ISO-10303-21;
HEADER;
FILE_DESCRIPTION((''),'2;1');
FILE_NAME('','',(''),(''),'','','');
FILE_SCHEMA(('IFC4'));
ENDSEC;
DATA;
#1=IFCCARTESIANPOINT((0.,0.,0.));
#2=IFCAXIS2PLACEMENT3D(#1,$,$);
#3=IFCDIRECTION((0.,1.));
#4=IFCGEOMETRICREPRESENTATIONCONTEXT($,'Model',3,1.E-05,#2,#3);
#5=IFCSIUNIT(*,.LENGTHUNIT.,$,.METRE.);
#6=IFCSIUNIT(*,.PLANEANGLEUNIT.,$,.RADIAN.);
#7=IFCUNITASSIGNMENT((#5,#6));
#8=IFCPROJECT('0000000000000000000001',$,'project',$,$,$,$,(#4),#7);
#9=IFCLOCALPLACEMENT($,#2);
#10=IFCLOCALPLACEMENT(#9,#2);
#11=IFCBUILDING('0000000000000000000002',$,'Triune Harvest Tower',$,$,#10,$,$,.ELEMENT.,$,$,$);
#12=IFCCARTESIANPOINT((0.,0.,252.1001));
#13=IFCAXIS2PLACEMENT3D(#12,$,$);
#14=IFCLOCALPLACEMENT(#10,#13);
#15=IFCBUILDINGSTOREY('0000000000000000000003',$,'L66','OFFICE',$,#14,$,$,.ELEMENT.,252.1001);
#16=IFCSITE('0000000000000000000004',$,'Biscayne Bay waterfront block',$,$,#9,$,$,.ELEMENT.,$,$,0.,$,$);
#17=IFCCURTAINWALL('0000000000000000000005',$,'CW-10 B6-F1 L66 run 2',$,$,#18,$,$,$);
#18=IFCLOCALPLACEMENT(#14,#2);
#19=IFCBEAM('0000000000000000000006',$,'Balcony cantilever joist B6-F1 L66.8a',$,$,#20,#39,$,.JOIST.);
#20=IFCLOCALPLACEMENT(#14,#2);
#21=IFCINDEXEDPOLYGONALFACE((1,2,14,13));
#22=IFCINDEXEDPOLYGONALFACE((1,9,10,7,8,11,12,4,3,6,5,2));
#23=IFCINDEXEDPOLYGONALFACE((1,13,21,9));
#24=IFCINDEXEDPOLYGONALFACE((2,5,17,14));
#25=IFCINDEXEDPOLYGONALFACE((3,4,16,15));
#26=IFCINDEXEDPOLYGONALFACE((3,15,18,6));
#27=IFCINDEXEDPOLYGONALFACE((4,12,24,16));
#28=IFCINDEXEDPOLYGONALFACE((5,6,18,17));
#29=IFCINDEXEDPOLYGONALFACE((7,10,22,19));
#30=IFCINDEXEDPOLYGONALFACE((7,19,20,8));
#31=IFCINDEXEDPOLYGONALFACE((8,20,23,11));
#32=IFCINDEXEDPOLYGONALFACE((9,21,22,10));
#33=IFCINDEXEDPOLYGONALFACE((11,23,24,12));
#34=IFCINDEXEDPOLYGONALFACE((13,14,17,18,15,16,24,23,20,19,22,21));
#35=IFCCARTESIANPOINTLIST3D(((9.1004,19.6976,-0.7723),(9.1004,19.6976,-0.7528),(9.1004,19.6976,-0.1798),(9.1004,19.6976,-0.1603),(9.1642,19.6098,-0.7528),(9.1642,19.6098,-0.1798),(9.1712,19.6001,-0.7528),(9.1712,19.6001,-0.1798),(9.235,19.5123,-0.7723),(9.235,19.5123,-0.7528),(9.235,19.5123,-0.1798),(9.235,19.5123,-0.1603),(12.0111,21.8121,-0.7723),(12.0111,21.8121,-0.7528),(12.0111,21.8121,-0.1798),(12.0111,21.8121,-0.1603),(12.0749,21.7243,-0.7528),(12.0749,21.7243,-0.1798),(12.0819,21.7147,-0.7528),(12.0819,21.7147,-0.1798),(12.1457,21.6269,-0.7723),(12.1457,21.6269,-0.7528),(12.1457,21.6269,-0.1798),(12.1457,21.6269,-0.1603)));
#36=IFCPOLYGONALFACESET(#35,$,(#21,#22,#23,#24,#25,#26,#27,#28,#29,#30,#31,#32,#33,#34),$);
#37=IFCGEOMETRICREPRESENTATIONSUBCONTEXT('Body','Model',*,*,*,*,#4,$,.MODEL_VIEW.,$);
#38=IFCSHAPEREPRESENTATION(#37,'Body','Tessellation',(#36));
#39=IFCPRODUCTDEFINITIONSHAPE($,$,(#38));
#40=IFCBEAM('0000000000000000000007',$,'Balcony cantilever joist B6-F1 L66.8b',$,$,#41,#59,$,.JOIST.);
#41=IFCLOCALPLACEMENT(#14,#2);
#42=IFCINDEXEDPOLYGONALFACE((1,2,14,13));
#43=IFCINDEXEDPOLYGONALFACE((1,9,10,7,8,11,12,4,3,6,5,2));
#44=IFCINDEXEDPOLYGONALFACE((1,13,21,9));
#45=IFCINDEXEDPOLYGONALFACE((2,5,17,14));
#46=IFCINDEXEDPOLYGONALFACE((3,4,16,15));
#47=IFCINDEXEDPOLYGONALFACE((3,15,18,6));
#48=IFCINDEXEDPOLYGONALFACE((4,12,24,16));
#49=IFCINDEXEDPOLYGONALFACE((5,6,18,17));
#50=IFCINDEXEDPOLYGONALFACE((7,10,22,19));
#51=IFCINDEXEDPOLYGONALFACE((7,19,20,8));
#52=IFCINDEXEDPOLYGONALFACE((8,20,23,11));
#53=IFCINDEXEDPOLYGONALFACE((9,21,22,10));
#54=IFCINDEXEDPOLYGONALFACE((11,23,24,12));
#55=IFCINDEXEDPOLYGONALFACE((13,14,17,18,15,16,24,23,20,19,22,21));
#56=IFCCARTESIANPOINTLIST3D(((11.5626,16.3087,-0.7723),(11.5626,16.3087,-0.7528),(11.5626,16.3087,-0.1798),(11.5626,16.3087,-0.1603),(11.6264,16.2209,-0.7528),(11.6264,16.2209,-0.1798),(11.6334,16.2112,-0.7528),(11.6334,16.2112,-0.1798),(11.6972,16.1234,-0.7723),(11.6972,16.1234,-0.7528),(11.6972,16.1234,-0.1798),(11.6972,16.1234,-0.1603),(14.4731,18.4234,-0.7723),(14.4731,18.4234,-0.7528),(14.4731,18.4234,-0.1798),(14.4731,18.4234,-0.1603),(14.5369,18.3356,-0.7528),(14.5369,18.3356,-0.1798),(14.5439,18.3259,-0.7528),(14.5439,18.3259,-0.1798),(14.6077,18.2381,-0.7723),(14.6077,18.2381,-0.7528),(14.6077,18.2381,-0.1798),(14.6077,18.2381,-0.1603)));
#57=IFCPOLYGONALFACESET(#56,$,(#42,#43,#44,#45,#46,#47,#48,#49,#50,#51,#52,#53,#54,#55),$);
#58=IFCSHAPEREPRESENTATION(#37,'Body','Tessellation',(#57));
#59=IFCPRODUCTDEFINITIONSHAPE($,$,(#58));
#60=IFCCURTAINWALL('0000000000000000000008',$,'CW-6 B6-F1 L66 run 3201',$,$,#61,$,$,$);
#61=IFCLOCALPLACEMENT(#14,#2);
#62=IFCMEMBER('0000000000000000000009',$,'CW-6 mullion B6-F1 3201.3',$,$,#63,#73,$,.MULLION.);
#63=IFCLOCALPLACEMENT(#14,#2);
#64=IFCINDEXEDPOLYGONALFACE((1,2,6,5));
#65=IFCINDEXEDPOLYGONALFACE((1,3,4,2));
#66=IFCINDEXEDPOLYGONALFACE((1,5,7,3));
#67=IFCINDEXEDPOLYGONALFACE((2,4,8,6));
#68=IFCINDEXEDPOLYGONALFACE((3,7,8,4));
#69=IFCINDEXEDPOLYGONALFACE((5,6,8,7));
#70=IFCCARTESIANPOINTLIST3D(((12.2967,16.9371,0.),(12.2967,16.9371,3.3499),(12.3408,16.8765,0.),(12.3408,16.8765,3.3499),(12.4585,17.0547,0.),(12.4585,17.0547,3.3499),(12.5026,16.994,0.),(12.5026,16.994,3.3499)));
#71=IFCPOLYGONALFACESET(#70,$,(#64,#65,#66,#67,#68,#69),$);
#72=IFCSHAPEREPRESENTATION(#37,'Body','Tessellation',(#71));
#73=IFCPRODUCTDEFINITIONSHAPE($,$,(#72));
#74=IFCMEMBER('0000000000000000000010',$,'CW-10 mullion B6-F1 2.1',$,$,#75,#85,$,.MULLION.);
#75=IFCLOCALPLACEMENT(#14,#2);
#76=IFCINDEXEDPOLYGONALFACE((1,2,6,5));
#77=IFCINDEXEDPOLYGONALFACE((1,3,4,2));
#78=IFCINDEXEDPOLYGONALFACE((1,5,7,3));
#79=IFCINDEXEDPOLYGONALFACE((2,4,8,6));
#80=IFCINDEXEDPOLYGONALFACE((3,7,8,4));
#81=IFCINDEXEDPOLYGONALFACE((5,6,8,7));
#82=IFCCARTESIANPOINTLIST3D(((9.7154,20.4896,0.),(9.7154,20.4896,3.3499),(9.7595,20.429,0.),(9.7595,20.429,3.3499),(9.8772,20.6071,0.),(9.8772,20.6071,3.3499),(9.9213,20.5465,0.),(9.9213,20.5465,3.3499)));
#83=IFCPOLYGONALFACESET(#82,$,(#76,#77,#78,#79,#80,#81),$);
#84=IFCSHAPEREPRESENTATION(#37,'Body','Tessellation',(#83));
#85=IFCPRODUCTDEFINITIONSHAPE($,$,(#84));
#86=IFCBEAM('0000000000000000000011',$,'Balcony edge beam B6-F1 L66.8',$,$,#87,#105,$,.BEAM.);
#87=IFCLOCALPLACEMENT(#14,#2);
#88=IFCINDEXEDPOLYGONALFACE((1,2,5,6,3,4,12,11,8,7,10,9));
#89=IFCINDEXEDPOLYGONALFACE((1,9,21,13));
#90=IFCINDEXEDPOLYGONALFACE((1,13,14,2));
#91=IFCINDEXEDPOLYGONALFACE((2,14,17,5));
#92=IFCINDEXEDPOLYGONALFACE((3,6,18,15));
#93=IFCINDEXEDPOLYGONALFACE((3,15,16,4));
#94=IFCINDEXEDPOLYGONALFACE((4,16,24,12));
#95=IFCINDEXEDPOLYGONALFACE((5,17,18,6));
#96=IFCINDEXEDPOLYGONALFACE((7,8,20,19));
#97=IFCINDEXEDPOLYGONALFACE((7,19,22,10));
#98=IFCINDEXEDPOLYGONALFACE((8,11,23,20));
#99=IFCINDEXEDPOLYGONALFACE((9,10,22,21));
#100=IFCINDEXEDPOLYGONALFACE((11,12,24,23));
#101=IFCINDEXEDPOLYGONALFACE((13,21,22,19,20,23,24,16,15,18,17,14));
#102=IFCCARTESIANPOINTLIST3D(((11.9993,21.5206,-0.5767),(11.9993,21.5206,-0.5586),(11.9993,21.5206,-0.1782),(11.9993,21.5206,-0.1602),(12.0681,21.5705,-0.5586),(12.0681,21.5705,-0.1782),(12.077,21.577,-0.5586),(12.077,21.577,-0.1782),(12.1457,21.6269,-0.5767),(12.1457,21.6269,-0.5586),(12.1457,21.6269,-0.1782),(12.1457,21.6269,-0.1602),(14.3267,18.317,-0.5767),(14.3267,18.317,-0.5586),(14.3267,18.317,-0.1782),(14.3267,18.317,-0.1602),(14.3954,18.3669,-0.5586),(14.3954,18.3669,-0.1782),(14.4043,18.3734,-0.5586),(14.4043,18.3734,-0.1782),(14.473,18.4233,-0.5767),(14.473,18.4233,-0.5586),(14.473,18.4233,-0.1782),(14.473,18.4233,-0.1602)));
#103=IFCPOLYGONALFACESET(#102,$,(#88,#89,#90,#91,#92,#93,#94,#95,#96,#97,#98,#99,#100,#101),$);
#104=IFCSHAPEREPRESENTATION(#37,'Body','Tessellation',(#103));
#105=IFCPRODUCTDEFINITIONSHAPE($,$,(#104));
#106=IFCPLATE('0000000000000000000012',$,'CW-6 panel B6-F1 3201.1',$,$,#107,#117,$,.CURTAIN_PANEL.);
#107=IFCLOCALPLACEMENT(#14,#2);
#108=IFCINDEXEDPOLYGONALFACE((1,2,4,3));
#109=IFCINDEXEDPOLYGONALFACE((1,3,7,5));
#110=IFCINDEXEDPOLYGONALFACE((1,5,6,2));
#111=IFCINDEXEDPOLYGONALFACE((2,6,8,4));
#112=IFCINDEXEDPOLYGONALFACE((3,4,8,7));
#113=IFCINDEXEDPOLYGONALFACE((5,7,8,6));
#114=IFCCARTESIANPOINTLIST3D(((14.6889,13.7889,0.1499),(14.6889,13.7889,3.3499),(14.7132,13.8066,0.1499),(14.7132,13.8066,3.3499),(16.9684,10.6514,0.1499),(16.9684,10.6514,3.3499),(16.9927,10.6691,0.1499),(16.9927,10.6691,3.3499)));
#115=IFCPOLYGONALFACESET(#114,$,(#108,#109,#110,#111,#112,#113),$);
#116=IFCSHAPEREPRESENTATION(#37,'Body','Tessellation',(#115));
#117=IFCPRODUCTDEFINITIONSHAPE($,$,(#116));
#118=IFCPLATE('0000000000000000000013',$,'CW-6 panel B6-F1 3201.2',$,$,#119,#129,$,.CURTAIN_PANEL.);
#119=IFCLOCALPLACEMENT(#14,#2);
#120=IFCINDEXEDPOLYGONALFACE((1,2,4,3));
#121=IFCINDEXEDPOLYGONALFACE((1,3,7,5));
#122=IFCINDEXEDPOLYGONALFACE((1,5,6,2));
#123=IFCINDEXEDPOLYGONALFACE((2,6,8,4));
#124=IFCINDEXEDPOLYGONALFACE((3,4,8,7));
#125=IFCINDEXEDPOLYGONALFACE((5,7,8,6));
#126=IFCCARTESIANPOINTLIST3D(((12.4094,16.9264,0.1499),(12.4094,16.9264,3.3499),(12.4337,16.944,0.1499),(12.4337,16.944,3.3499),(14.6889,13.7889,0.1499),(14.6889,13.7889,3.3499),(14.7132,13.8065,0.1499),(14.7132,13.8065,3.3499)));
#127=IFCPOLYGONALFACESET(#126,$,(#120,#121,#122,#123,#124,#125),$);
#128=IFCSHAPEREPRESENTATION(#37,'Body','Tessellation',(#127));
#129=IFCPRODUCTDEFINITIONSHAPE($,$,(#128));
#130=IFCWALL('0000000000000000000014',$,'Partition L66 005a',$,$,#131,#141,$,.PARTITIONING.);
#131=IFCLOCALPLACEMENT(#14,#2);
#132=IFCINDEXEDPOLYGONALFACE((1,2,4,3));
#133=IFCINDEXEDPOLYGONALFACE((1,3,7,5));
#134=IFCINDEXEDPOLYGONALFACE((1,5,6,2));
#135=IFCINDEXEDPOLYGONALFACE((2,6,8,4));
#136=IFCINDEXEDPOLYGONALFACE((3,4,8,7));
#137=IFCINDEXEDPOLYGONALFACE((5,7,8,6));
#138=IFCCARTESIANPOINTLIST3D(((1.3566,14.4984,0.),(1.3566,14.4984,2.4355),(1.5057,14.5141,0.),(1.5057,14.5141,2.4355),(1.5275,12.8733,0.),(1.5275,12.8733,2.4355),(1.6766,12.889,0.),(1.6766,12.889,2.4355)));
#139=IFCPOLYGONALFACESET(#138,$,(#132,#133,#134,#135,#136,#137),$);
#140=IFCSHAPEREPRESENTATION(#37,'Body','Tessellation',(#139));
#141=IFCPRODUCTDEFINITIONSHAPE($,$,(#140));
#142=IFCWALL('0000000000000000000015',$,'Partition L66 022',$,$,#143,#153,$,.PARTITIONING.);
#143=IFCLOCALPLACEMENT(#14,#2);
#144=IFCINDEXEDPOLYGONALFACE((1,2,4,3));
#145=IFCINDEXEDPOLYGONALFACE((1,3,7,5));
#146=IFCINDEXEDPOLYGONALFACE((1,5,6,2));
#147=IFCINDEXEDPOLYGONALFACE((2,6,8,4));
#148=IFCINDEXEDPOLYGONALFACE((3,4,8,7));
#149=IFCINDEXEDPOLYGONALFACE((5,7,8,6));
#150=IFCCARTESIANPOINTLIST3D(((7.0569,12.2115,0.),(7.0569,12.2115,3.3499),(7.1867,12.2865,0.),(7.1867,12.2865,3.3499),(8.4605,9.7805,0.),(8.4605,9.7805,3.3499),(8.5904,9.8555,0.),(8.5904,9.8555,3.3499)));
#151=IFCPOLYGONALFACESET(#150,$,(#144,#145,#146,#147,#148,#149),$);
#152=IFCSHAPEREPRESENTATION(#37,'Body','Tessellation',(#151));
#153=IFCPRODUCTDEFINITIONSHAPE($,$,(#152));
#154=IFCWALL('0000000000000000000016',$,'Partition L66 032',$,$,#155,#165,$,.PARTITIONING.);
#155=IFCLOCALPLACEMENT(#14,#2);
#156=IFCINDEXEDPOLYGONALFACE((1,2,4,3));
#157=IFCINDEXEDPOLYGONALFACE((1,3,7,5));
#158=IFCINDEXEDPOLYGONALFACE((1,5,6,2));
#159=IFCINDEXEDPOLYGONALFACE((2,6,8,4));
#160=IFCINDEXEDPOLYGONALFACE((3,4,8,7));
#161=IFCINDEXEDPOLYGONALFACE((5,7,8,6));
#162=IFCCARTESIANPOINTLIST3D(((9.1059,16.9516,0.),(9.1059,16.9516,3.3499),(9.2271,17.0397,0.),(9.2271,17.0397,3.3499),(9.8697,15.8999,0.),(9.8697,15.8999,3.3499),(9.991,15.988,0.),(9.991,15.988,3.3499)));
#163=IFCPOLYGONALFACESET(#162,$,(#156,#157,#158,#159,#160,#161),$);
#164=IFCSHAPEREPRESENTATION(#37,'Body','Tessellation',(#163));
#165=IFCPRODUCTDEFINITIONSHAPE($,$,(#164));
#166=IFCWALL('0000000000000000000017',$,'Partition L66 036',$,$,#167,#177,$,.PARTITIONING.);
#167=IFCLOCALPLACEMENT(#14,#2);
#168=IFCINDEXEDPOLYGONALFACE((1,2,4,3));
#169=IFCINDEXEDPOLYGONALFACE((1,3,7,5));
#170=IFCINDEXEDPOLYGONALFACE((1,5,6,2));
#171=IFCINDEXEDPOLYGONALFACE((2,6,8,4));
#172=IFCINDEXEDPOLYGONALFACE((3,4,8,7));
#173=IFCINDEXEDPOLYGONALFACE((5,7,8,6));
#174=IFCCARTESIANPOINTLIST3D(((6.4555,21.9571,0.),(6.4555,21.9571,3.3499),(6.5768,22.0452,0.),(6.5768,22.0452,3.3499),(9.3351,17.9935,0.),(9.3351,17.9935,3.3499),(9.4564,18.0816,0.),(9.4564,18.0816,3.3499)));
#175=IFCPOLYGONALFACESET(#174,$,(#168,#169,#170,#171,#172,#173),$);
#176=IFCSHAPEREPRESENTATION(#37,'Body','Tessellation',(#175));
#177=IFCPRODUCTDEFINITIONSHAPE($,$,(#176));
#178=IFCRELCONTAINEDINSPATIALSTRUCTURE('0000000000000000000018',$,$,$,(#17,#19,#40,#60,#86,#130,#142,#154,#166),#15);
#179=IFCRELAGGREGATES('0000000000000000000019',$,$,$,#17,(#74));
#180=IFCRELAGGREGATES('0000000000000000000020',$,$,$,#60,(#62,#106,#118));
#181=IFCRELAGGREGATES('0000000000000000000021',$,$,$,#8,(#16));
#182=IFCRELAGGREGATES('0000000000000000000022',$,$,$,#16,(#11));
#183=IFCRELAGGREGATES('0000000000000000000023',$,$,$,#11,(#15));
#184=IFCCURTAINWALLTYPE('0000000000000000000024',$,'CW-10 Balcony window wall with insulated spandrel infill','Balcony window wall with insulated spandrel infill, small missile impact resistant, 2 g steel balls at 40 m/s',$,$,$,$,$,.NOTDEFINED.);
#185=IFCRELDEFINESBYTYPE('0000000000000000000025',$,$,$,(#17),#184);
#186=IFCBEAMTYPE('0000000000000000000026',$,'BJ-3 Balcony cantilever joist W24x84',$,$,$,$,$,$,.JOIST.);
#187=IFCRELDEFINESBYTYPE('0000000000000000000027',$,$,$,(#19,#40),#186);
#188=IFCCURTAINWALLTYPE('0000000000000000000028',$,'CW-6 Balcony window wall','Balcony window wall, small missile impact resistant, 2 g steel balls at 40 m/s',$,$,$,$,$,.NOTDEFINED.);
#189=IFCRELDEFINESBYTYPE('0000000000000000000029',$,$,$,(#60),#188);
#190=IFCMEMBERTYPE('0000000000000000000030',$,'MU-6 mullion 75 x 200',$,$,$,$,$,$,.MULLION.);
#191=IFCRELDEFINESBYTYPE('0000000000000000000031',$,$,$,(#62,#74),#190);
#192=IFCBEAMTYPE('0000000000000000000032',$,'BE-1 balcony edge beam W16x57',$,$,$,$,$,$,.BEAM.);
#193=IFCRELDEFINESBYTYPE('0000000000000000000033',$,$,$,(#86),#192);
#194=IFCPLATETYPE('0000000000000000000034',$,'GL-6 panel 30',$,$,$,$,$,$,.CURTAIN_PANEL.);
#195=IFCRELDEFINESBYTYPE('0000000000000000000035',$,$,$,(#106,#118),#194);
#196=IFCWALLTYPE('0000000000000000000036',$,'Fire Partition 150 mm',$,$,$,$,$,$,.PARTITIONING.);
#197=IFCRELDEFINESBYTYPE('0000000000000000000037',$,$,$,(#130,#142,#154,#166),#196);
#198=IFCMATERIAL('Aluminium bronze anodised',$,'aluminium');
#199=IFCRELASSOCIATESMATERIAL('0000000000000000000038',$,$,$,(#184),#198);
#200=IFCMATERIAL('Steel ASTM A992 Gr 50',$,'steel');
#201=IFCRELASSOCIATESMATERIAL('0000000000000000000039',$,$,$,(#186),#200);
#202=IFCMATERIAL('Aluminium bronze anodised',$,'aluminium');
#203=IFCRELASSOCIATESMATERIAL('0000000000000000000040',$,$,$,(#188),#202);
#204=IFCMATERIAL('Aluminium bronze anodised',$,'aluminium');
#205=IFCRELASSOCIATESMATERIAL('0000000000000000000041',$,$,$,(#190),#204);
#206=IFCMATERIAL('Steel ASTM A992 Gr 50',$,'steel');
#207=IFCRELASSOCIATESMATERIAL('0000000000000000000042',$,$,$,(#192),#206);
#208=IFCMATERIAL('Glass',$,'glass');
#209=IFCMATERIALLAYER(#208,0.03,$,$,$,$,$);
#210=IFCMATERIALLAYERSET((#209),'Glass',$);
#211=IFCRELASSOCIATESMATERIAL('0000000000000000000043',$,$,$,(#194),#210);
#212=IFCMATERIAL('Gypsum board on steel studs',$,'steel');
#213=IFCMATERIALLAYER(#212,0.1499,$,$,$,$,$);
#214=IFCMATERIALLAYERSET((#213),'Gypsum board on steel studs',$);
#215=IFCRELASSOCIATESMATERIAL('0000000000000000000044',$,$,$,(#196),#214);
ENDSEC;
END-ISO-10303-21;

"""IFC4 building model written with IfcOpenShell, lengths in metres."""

from ifc_helpers import new_model, si_unit, direction, frame, frame_2d, origin, origin_2d, place, context, subcontext, project, spatial, rectangle, i_section, extrude, source, transform, mapped, material, layer, layer_set, material_profile, profile_set, type_object, element, aggregate, save


model = new_model("IFC4")

# Units and contexts
model_context = context("Model", 3, precision=1e-05, world=origin(), true_north=direction((0.0, 1.0)))
body_context = subcontext(model_context, "Body", "Model", "MODEL_VIEW")
ifc_project = project(units=[si_unit("LENGTHUNIT", "METRE"), si_unit("PLANEANGLEUNIT", "RADIAN")], contexts=[model_context])

# Site, building, storey
site_placement = place(None, origin())
site = spatial("IfcSite", under=ifc_project, at=site_placement, Name="Biscayne Bay waterfront block", CompositionType="ELEMENT", RefElevation=0.0)
building_placement = place(site_placement, origin())
building = spatial("IfcBuilding", under=site, at=building_placement, Name="Triune Harvest Tower", CompositionType="ELEMENT")
storey_placement = place(building_placement, frame((0.0, 0.0, 252.1001)))
storey = spatial("IfcBuildingStorey", under=building, at=storey_placement, Name="L66", Description="OFFICE", CompositionType="ELEMENT", Elevation=252.1001)

# Curtain wall
ifc_material_1 = material(Name="Aluminium bronze anodised", Category="aluminium")
curtain_wall_type_1 = type_object("IfcCurtainWallType", Name="CW-10 Balcony window wall with insulated spandrel infill", Description="Balcony window wall with insulated spandrel infill, small missile impact resistant, 2 g steel balls at 40 m/s", PredefinedType="NOTDEFINED", material=ifc_material_1)
curtain_wall_1_placement = place(storey_placement, origin())
curtain_wall_1 = element("IfcCurtainWall", 1, at=curtain_wall_1_placement, inside=storey, type_object=curtain_wall_type_1, Name="CW-10 B6-F1 L66 run 2")

# Beams
ifc_material_2 = material(Name="Steel ASTM A992 Gr 50", Category="steel")
ifc_material_profile_1 = material_profile(ifc_material_2, i_section(OverallWidth=0.229, OverallDepth=0.6121, WebThickness=0.012, FlangeThickness=0.0195, at=origin_2d()), Name="W24x84")
ifc_profile_set_1 = profile_set([ifc_material_profile_1], Name="Steel ASTM A992 Gr 50")
beam_type_1 = type_object("IfcBeamType", Name="BJ-3 Balcony cantilever joist W24x84", PredefinedType="JOIST", material=ifc_profile_set_1)
shared_shape_1 = source(origin(), body_context, "Body", "SweptSolid", [
    extrude(i_section(OverallWidth=0.229, OverallDepth=0.6121, WebThickness=0.012, FlangeThickness=0.0195, at=origin_2d()), origin(), (0.0, 0.0, 1.0), 3.5977),
])
for number, where, z_axis, x_axis, name in (
    (2, (9.1677, 19.605, -0.4663), (0.809044, 0.587748, 0.0), (-0.587748, 0.809044, 0.0), "Balcony cantilever joist B6-F1 L66.8a"),
    (3, (11.6299, 16.2161, -0.4663), (0.809012, 0.587792, 0.0), (-0.587792, 0.809012, 0.0), "Balcony cantilever joist B6-F1 L66.8b"),
):
    element("IfcBeam", number, at=place(storey_placement, frame(where, z_axis=z_axis, x_axis=x_axis)), inside=storey, type_object=beam_type_1, Name=name, PredefinedType="JOIST", context=body_context, shape_type="MappedRepresentation", body=[
        mapped(shared_shape_1, transform((0.0, 0.0, 0.0), scale=1.0)),
    ])

# Curtain wall, member
ifc_material_3 = material(Name="Aluminium bronze anodised", Category="aluminium")
curtain_wall_type_2 = type_object("IfcCurtainWallType", Name="CW-6 Balcony window wall", Description="Balcony window wall, small missile impact resistant, 2 g steel balls at 40 m/s", PredefinedType="NOTDEFINED", material=ifc_material_3)
curtain_wall_2_placement = place(storey_placement, origin())
curtain_wall_2 = element("IfcCurtainWall", 4, at=curtain_wall_2_placement, inside=storey, type_object=curtain_wall_type_2, Name="CW-6 B6-F1 L66 run 3201")
ifc_material_4 = material(Name="Aluminium bronze anodised", Category="aluminium")
ifc_material_profile_2 = material_profile(ifc_material_4, rectangle(XDim=0.2, YDim=0.075, at=origin_2d()), Name="MU-6 mullion 75 x 200")
ifc_profile_set_2 = profile_set([ifc_material_profile_2], Name="Aluminium bronze anodised")
member_type_1 = type_object("IfcMemberType", Name="MU-6 mullion 75 x 200", PredefinedType="MULLION", material=ifc_profile_set_2)
shared_shape_2 = source(origin(), body_context, "Body", "SweptSolid", [
    extrude(rectangle(XDim=0.2, YDim=0.075, at=origin_2d()), origin(), (0.0, 0.0, 1.0), 3.3499),
])
member_1_placement = place(storey_placement, frame((12.3997, 16.9656, 0.0), z_axis=(0.0, 0.0, 1.0), x_axis=(-0.809018, -0.587784, 0.0)))
member_1 = element("IfcMember", 5, at=member_1_placement, type_object=member_type_1, Name="CW-6 mullion B6-F1 3201.3", PredefinedType="MULLION", context=body_context, shape_type="MappedRepresentation", body=[
    mapped(shared_shape_2, transform((0.0, 0.0, 0.0), scale=1.0)),
])

# Member
member_2_placement = place(storey_placement, frame((9.8184, 20.5181, 0.0), z_axis=(0.0, 0.0, 1.0), x_axis=(-0.809019, -0.587782, 0.0)))
member_2 = element("IfcMember", 6, at=member_2_placement, type_object=member_type_1, Name="CW-10 mullion B6-F1 2.1", PredefinedType="MULLION", context=body_context, shape_type="MappedRepresentation", body=[
    mapped(shared_shape_2, transform((0.0, 0.0, 0.0), scale=1.0)),
])
aggregate(curtain_wall_1, [member_2])

# Beam
ifc_material_5 = material(Name="Steel ASTM A992 Gr 50", Category="steel")
ifc_material_profile_3 = material_profile(ifc_material_5, i_section(OverallWidth=0.1809, OverallDepth=0.4165, WebThickness=0.011, FlangeThickness=0.0181, at=origin_2d()), Name="W16x57")
ifc_profile_set_3 = profile_set([ifc_material_profile_3], Name="Steel ASTM A992 Gr 50")
beam_type_2 = type_object("IfcBeamType", Name="BE-1 balcony edge beam W16x57", PredefinedType="BEAM", material=ifc_profile_set_3)
shared_shape_3 = source(origin(), body_context, "Body", "SweptSolid", [
    extrude(i_section(OverallWidth=0.1809, OverallDepth=0.4165, WebThickness=0.011, FlangeThickness=0.0181, at=origin_2d()), origin(), (0.0, 0.0, 1.0), 3.9597),
])
beam_1_placement = place(storey_placement, frame((12.0725, 21.5737, -0.3684), z_axis=(0.587757, -0.809037, 0.0), x_axis=(0.809037, 0.587757, 0.0)))
element("IfcBeam", 7, at=beam_1_placement, inside=storey, type_object=beam_type_2, Name="Balcony edge beam B6-F1 L66.8", PredefinedType="BEAM", context=body_context, shape_type="MappedRepresentation", body=[
    mapped(shared_shape_3, transform((0.0, 0.0, 0.0), scale=1.0)),
])

# Plates
ifc_material_6 = material(Name="Glass", Category="glass")
ifc_layer_1 = layer(ifc_material_6, 0.03)
ifc_layer_set_1 = layer_set([ifc_layer_1], Name="Glass")
plate_type = type_object("IfcPlateType", Name="GL-6 panel 30", PredefinedType="CURTAIN_PANEL", material=ifc_layer_set_1)
shared_shape_4 = source(origin(), body_context, "Body", "SweptSolid", [
    extrude(rectangle(XDim=3.8782, YDim=0.03, at=origin_2d()), origin(), (0.0, 0.0, 1.0), 3.2),
])
plate_1_placement = place(storey_placement, frame((15.8408, 12.229, 0.1499), z_axis=(0.0, 0.0, 1.0), x_axis=(-0.587784, 0.809018, 0.0)))
plate_1 = element("IfcPlate", 8, at=plate_1_placement, type_object=plate_type, Name="CW-6 panel B6-F1 3201.1", PredefinedType="CURTAIN_PANEL", context=body_context, shape_type="MappedRepresentation", body=[
    mapped(shared_shape_4, transform((0.0, 0.0, 0.0), scale=1.0)),
])
plate_2_placement = place(storey_placement, frame((13.5613, 15.3665, 0.1499), z_axis=(0.0, 0.0, 1.0), x_axis=(-0.587784, 0.809018, 0.0)))
plate_2 = element("IfcPlate", 9, at=plate_2_placement, type_object=plate_type, Name="CW-6 panel B6-F1 3201.2", PredefinedType="CURTAIN_PANEL", context=body_context, shape_type="MappedRepresentation", body=[
    mapped(shared_shape_4, transform((0.0, 0.0, 0.0), scale=1.0)),
])
aggregate(curtain_wall_2, [member_1, plate_1, plate_2])

# Walls
ifc_material_7 = material(Name="Gypsum board on steel studs", Category="steel")
ifc_layer_2 = layer(ifc_material_7, 0.1499)
ifc_layer_set_2 = layer_set([ifc_layer_2], Name="Gypsum board on steel studs")
wall_type_1 = type_object("IfcWallType", Name="Fire Partition 150 mm", PredefinedType="PARTITIONING", material=ifc_layer_set_2)
wall_1_placement = place(storey_placement, frame((1.4312, 14.5061, 0.0), z_axis=(0.0, 0.0, 1.0), x_axis=(0.104591, -0.994515, 0.0)))
element("IfcWall", 10, at=wall_1_placement, inside=storey, type_object=wall_type_1, Name="Partition L66 005a", PredefinedType="PARTITIONING", context=body_context, shape_type="SweptSolid", body=[
    extrude(rectangle(XDim=1.634, YDim=0.1499, at=frame_2d((0.8169, 0.0))), origin(), (0.0, 0.0, 1.0), 2.4355),
])
wall_2_placement = place(storey_placement, frame((7.1218, 12.249, 0.0), z_axis=(0.0, 0.0, 1.0), x_axis=(0.500021, -0.866013, 0.0)))
element("IfcWall", 11, at=wall_2_placement, inside=storey, type_object=wall_type_1, Name="Partition L66 022", PredefinedType="PARTITIONING", context=body_context, shape_type="SweptSolid", body=[
    extrude(rectangle(XDim=2.8071, YDim=0.1499, at=frame_2d((1.4036, 0.0))), origin(), (0.0, 0.0, 1.0), 3.3499),
])
wall_3_placement = place(storey_placement, frame((9.1665, 16.9956, 0.0), z_axis=(0.0, 0.0, 1.0), x_axis=(0.587669, -0.809101, 0.0)))
element("IfcWall", 12, at=wall_3_placement, inside=storey, type_object=wall_type_1, Name="Partition L66 032", PredefinedType="PARTITIONING", context=body_context, shape_type="SweptSolid", body=[
    extrude(rectangle(XDim=1.2998, YDim=0.1499, at=frame_2d((0.6499, 0.0))), origin(), (0.0, 0.0, 1.0), 3.3499),
])
wall_4_placement = place(storey_placement, frame((6.5161, 22.0012, 0.0), z_axis=(0.0, 0.0, 1.0), x_axis=(0.587772, -0.809027, 0.0)))
element("IfcWall", 13, at=wall_4_placement, inside=storey, type_object=wall_type_1, Name="Partition L66 036", PredefinedType="PARTITIONING", context=body_context, shape_type="SweptSolid", body=[
    extrude(rectangle(XDim=4.8992, YDim=0.1499, at=frame_2d((2.4497, 0.0))), origin(), (0.0, 0.0, 1.0), 3.3499),
])

save(model, "model.ifc")
